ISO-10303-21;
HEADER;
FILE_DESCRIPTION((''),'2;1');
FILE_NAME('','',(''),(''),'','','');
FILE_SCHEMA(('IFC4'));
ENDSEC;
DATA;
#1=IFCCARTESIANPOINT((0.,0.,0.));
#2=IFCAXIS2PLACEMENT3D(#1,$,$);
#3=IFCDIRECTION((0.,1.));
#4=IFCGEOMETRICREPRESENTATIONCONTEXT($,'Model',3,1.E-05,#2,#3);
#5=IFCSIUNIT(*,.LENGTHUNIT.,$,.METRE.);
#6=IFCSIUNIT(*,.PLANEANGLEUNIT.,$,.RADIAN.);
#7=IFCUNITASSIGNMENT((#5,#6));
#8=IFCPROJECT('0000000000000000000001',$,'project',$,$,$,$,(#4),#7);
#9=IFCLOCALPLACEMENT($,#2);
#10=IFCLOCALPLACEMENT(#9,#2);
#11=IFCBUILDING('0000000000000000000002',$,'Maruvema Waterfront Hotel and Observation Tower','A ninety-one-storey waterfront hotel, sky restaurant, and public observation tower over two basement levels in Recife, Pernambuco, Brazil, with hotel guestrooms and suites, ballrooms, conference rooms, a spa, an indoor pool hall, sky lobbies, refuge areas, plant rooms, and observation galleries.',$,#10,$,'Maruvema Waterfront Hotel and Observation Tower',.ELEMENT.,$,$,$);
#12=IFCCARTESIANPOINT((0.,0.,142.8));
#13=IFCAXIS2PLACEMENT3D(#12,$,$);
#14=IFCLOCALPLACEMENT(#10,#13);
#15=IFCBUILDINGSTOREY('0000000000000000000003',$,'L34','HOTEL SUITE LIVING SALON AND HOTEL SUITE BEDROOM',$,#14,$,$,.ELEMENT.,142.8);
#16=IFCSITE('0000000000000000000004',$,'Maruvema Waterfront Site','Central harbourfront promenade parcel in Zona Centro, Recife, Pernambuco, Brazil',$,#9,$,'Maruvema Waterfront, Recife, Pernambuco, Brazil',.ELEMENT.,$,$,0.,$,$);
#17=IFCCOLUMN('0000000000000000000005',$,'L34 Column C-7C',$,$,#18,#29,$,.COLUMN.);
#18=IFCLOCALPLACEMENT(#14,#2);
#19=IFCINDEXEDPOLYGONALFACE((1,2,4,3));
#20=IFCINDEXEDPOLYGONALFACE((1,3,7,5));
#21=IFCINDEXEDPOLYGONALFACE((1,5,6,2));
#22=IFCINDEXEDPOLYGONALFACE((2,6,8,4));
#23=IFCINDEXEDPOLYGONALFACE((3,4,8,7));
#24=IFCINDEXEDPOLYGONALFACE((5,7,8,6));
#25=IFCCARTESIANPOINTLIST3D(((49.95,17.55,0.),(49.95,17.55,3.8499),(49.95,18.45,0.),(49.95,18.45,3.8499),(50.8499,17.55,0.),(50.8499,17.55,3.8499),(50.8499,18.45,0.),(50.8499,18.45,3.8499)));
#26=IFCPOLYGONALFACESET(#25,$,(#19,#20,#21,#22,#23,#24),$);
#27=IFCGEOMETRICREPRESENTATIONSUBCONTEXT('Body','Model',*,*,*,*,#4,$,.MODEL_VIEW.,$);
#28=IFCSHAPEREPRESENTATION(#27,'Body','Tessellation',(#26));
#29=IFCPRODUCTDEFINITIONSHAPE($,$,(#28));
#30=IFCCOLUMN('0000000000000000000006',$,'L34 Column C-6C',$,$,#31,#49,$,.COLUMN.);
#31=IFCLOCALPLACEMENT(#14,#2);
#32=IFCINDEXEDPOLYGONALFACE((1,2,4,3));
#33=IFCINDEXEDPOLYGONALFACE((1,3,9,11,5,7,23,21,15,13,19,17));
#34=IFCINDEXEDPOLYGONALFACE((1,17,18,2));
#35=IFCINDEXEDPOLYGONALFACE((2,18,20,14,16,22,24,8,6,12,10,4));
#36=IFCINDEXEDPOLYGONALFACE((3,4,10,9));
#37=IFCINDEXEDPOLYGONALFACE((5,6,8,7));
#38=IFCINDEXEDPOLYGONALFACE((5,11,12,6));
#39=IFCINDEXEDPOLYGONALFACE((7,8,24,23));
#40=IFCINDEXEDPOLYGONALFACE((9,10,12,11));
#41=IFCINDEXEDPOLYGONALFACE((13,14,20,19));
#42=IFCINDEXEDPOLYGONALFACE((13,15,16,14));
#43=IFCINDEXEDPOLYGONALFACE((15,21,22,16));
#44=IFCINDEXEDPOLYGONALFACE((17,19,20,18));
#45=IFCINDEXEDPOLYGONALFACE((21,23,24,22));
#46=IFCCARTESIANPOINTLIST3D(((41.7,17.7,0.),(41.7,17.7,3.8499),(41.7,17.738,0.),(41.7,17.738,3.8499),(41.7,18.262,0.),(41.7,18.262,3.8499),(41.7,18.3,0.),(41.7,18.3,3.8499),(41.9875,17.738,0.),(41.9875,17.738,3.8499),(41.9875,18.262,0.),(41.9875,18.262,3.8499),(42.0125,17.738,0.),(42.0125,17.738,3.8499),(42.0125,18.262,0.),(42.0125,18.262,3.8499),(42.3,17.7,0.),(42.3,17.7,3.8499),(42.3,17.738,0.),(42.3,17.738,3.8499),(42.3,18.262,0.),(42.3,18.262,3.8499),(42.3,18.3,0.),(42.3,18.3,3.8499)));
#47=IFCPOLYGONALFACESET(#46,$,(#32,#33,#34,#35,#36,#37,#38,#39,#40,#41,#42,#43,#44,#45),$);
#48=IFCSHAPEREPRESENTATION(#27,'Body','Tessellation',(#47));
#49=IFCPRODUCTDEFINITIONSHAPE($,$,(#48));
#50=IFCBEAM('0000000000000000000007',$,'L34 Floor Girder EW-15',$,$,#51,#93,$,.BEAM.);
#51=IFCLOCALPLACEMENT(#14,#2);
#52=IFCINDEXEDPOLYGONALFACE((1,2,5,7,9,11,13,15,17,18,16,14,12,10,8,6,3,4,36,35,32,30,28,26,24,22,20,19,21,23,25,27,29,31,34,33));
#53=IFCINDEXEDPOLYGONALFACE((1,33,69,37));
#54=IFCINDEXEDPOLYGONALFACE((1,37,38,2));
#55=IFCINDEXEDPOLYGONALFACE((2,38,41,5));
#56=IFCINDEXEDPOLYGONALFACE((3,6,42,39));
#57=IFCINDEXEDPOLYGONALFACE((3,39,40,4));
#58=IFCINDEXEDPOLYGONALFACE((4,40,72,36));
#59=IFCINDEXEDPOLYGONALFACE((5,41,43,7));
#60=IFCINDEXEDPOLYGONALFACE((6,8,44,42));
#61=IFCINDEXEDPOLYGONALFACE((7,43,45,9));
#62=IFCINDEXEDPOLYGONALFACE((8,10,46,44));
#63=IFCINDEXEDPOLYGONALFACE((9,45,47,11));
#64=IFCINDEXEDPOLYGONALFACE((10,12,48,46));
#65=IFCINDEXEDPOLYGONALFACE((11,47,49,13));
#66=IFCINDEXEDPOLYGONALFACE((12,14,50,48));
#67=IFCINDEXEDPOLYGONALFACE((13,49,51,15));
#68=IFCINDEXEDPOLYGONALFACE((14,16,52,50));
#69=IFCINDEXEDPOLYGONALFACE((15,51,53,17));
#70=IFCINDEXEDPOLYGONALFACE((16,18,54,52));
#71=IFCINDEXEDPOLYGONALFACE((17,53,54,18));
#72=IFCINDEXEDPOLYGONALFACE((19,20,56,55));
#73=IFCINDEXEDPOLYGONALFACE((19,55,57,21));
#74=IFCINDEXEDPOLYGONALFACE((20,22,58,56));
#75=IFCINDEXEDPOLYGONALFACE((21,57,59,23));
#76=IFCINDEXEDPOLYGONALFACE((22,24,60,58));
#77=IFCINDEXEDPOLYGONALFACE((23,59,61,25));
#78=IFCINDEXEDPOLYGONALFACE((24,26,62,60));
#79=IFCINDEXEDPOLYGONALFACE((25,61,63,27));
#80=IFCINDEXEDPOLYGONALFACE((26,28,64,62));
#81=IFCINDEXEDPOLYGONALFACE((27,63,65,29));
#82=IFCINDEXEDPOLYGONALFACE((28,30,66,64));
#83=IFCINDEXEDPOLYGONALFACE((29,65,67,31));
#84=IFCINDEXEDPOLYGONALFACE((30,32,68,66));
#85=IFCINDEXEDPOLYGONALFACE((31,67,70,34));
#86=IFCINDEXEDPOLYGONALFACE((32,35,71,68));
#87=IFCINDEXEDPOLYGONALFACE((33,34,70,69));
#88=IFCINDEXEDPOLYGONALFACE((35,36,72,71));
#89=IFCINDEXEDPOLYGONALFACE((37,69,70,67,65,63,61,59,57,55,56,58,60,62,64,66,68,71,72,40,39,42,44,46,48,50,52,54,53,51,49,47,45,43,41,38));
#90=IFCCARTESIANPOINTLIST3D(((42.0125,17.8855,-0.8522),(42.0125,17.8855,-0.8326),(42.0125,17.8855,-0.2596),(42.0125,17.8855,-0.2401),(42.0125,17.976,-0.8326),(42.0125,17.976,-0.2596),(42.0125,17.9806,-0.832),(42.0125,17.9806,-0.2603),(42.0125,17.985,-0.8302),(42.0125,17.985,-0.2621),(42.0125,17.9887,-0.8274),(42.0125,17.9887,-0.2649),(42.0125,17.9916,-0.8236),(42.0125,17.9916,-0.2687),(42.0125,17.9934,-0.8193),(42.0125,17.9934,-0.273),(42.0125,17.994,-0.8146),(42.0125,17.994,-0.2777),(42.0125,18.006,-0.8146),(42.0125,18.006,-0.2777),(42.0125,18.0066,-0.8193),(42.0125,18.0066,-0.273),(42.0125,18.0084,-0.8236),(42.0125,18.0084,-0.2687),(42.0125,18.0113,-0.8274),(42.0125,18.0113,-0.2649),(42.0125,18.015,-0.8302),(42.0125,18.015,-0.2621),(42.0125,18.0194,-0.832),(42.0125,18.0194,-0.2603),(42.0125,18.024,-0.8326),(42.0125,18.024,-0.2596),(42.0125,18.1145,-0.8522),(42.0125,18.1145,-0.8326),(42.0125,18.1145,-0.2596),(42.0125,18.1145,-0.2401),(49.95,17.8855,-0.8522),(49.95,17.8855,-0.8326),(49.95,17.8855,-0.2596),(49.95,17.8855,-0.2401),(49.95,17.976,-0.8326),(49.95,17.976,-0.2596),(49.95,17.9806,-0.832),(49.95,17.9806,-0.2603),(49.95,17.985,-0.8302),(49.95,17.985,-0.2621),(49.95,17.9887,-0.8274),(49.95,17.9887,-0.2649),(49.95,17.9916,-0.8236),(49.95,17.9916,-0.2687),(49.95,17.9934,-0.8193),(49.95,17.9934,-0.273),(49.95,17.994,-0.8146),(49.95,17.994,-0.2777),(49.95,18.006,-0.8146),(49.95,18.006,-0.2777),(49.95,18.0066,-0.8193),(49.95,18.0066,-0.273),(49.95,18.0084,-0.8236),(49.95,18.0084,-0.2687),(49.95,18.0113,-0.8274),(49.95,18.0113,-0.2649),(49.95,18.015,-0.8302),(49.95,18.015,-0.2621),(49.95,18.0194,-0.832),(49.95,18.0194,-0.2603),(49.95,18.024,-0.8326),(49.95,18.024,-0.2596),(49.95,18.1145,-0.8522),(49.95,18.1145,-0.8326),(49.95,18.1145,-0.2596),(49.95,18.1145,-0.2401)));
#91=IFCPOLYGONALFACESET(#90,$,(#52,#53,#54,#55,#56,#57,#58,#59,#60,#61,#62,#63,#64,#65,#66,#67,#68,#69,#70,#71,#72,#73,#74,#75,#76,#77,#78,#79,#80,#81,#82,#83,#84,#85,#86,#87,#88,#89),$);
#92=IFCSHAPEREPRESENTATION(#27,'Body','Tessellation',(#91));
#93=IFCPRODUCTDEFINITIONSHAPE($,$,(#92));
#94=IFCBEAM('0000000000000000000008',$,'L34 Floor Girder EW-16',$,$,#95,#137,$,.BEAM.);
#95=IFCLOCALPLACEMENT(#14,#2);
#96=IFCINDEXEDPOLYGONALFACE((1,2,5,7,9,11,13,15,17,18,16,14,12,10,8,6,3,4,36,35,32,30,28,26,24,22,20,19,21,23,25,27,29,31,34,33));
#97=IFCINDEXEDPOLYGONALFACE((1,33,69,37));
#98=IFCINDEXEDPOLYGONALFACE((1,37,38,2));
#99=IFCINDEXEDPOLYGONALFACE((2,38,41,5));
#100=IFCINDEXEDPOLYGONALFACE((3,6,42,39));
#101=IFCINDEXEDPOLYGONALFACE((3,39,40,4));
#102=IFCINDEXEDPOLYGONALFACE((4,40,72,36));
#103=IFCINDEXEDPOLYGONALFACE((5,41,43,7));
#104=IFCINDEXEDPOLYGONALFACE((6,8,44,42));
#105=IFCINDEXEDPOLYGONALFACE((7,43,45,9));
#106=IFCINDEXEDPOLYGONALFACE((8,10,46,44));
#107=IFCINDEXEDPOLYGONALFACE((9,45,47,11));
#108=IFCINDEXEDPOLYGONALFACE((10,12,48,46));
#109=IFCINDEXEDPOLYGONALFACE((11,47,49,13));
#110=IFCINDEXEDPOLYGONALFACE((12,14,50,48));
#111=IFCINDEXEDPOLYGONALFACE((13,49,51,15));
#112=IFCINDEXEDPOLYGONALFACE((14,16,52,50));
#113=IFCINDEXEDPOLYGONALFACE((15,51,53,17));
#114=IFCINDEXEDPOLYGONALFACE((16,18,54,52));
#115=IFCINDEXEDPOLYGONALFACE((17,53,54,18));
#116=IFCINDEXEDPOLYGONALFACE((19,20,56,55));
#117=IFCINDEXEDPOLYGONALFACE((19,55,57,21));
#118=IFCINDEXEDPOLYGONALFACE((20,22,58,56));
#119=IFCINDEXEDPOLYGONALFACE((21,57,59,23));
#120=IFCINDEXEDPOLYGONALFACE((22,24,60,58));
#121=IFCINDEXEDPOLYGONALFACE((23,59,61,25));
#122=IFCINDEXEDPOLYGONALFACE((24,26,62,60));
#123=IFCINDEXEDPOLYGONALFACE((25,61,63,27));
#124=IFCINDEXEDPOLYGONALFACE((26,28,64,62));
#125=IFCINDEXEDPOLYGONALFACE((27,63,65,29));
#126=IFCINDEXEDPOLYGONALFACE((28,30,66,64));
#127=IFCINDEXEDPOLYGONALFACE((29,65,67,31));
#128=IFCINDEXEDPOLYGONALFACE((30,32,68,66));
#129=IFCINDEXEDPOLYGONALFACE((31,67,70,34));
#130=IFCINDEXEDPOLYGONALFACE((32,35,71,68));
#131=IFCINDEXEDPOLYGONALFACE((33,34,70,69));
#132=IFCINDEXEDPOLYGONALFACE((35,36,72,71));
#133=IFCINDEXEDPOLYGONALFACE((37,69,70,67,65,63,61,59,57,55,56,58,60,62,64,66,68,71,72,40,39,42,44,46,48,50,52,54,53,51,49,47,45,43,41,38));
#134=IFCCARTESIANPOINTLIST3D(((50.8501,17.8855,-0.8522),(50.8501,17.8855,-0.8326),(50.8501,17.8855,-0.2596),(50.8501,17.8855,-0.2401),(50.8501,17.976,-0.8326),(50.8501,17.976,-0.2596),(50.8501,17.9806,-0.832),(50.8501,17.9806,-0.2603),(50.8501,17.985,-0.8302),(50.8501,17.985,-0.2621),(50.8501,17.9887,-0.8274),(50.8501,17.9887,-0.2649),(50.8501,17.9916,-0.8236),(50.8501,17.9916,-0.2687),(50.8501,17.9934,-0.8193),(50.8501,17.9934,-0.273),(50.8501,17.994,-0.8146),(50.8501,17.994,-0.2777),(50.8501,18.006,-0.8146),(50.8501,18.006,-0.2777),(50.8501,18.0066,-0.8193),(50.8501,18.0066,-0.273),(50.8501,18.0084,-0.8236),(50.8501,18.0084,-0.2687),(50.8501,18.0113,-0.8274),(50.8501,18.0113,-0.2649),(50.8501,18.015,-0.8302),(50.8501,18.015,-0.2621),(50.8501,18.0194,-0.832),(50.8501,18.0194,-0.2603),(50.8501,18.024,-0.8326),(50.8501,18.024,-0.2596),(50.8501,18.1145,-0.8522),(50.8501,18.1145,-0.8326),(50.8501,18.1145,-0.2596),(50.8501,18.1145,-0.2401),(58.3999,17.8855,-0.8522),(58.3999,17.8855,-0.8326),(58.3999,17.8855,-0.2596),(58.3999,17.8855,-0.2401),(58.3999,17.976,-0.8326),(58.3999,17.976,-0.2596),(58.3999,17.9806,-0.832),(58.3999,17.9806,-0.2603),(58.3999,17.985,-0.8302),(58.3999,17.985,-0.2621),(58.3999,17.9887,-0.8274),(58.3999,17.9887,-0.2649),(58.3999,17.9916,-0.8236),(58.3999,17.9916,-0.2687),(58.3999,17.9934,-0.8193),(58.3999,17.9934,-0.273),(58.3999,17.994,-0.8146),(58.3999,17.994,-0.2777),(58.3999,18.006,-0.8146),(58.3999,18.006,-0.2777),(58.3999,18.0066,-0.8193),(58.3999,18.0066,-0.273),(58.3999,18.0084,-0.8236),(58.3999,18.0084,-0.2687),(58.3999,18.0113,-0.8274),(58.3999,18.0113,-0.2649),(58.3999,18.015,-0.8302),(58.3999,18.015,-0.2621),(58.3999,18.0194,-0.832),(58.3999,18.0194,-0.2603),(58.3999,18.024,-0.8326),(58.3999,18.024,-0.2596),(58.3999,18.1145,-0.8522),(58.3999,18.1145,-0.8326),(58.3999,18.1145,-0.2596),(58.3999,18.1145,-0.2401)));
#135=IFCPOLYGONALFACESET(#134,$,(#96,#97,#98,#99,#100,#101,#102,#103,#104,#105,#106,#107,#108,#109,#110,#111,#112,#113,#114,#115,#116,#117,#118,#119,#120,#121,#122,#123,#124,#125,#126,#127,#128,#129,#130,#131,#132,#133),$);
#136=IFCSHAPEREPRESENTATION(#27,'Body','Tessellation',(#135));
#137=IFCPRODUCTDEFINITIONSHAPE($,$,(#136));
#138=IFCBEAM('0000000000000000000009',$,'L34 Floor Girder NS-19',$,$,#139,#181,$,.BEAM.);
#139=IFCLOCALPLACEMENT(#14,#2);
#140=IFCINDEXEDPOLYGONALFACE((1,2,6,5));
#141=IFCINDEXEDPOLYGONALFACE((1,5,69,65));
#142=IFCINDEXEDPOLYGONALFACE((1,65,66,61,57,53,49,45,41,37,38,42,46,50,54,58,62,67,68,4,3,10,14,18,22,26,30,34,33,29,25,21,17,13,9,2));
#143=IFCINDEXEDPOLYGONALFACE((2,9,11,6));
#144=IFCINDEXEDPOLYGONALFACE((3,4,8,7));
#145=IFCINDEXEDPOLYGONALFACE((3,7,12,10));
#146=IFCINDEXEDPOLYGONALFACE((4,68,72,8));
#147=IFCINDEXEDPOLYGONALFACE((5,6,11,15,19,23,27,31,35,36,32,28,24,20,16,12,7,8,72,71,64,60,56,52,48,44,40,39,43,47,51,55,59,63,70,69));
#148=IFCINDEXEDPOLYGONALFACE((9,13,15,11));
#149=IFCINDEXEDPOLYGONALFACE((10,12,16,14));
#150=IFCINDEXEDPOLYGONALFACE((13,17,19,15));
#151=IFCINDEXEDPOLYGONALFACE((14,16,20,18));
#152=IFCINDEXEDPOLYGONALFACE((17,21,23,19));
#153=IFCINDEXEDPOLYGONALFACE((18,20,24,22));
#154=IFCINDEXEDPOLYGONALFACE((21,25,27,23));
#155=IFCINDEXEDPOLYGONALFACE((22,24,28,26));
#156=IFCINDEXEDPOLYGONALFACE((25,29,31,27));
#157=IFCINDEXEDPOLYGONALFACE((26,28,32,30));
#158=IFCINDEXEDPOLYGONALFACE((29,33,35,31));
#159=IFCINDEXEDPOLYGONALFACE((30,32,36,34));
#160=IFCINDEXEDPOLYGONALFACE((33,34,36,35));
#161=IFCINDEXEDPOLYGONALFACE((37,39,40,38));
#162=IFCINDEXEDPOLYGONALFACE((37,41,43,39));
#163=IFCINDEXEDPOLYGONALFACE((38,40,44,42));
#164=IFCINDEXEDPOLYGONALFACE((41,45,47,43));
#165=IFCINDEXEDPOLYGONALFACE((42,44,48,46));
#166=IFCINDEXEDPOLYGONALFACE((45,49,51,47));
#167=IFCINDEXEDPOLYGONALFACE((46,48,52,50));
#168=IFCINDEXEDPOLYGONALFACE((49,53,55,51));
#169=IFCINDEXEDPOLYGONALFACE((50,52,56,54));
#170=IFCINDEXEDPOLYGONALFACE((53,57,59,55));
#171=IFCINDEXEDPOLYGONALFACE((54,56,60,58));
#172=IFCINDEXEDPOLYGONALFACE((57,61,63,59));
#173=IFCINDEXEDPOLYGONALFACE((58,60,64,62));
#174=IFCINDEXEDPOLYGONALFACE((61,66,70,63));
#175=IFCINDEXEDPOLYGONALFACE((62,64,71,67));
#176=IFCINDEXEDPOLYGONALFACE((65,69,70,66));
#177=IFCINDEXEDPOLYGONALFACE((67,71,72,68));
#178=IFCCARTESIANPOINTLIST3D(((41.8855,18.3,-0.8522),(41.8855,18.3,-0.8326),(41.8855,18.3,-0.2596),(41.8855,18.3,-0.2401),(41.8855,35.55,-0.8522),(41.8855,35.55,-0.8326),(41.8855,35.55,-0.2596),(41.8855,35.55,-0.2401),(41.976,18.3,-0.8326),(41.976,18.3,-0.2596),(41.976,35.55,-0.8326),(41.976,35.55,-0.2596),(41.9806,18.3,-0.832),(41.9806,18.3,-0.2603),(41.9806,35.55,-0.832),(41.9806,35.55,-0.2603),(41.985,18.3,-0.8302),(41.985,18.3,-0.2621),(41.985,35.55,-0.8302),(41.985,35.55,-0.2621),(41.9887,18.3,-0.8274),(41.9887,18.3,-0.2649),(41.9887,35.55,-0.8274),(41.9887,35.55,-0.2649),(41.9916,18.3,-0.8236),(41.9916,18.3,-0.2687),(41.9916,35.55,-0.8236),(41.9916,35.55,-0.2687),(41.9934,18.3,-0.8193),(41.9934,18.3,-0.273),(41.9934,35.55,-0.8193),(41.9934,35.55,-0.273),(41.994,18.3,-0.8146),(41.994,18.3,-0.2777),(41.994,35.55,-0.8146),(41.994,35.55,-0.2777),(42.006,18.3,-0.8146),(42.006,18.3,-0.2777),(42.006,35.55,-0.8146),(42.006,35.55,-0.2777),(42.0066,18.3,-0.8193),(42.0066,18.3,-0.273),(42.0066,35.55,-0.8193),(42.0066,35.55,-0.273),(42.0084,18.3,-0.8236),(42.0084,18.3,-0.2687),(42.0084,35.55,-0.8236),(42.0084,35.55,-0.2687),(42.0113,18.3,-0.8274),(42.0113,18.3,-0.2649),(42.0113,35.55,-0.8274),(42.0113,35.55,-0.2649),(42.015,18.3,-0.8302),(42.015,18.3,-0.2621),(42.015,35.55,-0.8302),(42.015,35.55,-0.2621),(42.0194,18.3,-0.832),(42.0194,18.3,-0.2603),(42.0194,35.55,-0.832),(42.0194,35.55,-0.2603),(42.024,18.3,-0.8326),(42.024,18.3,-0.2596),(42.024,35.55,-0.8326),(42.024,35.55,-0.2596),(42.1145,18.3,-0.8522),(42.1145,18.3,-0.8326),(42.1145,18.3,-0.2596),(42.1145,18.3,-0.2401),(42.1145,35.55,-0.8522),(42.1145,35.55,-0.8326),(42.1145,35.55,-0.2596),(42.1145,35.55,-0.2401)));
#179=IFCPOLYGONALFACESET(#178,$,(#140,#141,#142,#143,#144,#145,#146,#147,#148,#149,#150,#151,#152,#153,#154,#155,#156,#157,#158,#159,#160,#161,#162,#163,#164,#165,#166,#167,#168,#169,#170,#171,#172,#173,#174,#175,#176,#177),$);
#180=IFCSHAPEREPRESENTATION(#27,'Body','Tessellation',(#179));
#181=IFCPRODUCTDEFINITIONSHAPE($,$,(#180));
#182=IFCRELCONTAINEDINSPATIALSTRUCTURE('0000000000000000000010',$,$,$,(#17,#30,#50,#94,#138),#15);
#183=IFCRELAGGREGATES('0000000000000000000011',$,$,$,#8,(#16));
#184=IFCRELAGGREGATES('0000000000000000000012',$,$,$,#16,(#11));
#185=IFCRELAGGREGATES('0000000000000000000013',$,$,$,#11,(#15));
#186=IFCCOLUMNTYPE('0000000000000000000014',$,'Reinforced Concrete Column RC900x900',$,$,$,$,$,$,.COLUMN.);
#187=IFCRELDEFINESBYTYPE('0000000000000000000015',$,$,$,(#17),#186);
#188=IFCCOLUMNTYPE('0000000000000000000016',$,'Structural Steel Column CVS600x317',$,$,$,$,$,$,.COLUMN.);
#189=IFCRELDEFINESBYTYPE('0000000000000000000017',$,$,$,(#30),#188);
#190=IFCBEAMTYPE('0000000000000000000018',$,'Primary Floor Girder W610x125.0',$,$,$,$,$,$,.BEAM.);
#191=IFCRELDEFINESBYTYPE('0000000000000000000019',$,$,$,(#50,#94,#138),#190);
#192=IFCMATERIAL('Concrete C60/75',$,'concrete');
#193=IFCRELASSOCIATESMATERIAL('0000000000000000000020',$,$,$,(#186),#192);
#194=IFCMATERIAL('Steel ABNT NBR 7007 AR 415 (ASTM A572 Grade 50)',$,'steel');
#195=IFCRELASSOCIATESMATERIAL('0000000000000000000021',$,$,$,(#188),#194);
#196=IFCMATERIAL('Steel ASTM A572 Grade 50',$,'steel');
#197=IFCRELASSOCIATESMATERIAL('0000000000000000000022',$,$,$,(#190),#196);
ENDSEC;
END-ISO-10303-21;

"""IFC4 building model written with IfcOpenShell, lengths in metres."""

from ifc_helpers import new_model, si_unit, direction, frame, origin, origin_2d, place, context, subcontext, project, spatial, rectangle, i_section, extrude, material, material_profile, profile_set, type_object, element, save


model = new_model("IFC4")

# Units and contexts
model_context = context("Model", 3, precision=1e-05, world=origin(), true_north=direction((0.0, 1.0)))
body_context = subcontext(model_context, "Body", "Model", "MODEL_VIEW")
ifc_project = project(units=[si_unit("LENGTHUNIT", "METRE"), si_unit("PLANEANGLEUNIT", "RADIAN")], contexts=[model_context])

# Site, building, storey
site_placement = place(None, origin())
site = spatial("IfcSite", under=ifc_project, at=site_placement, Name="Maruvema Waterfront Site", Description="Central harbourfront promenade parcel in Zona Centro, Recife, Pernambuco, Brazil", LongName="Maruvema Waterfront, Recife, Pernambuco, Brazil", CompositionType="ELEMENT", RefElevation=0.0)
building_placement = place(site_placement, origin())
building = spatial("IfcBuilding", under=site, at=building_placement, Name="Maruvema Waterfront Hotel and Observation Tower", Description="A ninety-one-storey waterfront hotel, sky restaurant, and public observation tower over two basement levels in Recife, Pernambuco, Brazil, with hotel guestrooms and suites, ballrooms, conference rooms, a spa, an indoor pool hall, sky lobbies, refuge areas, plant rooms, and observation galleries.", LongName="Maruvema Waterfront Hotel and Observation Tower", CompositionType="ELEMENT")
storey_placement = place(building_placement, frame((0.0, 0.0, 142.8)))
storey = spatial("IfcBuildingStorey", under=building, at=storey_placement, Name="L34", Description="HOTEL SUITE LIVING SALON AND HOTEL SUITE BEDROOM", CompositionType="ELEMENT", Elevation=142.8)

# Columns
ifc_material_1 = material(Name="Concrete C60/75", Category="concrete")
ifc_material_profile_1 = material_profile(ifc_material_1, rectangle(XDim=0.8999, YDim=0.8999, at=origin_2d()), Name="RC900x900")
ifc_profile_set_1 = profile_set([ifc_material_profile_1], Name="Concrete C60/75")
column_type_1 = type_object("IfcColumnType", Name="Reinforced Concrete Column RC900x900", PredefinedType="COLUMN", material=ifc_profile_set_1)
column_1_placement = place(storey_placement, frame((50.3999, 18.0, 0.0), z_axis=(0.0, 0.0, 1.0), x_axis=(1.0, 0.0, 0.0)))
element("IfcColumn", 1, at=column_1_placement, inside=storey, type_object=column_type_1, Name="L34 Column C-7C", PredefinedType="COLUMN", context=body_context, shape_type="SweptSolid", body=[
    extrude(rectangle(XDim=0.8999, YDim=0.8999, at=origin_2d()), origin(), (0.0, 0.0, 1.0), 3.8499),
])
ifc_material_2 = material(Name="Steel ABNT NBR 7007 AR 415 (ASTM A572 Grade 50)", Category="steel")
ifc_material_profile_2 = material_profile(ifc_material_2, i_section(OverallWidth=0.6001, OverallDepth=0.6001, WebThickness=0.0249, FlangeThickness=0.0381, at=origin_2d()), Name="CVS600x317")
ifc_profile_set_2 = profile_set([ifc_material_profile_2], Name="Steel ABNT NBR 7007 AR 415 (ASTM A572 Grade 50)")
column_type_2 = type_object("IfcColumnType", Name="Structural Steel Column CVS600x317", PredefinedType="COLUMN", material=ifc_profile_set_2)
column_2_placement = place(storey_placement, frame((42.0, 18.0, 0.0), z_axis=(0.0, 0.0, 1.0), x_axis=(1.0, 0.0, 0.0)))
element("IfcColumn", 2, at=column_2_placement, inside=storey, type_object=column_type_2, Name="L34 Column C-6C", PredefinedType="COLUMN", context=body_context, shape_type="SweptSolid", body=[
    extrude(i_section(OverallWidth=0.6001, OverallDepth=0.6001, WebThickness=0.0249, FlangeThickness=0.0381, at=origin_2d()), origin(), (0.0, 0.0, 1.0), 3.8499),
])

# Beams
ifc_material_3 = material(Name="Steel ASTM A572 Grade 50", Category="steel")
ifc_material_profile_3 = material_profile(ifc_material_3, i_section(OverallWidth=0.229, OverallDepth=0.6121, WebThickness=0.012, FlangeThickness=0.0195, FilletRadius=0.0181, at=origin_2d()), Name="W610x125.0")
ifc_profile_set_3 = profile_set([ifc_material_profile_3], Name="Steel ASTM A572 Grade 50")
beam_type = type_object("IfcBeamType", Name="Primary Floor Girder W610x125.0", PredefinedType="BEAM", material=ifc_profile_set_3)
beam_1_placement = place(storey_placement, frame((42.0125, 18.0, -0.5461), z_axis=(1.0, 0.0, 0.0), x_axis=(0.0, 1.0, 0.0)))
element("IfcBeam", 3, at=beam_1_placement, inside=storey, type_object=beam_type, Name="L34 Floor Girder EW-15", PredefinedType="BEAM", context=body_context, shape_type="SweptSolid", body=[
    extrude(i_section(OverallWidth=0.229, OverallDepth=0.6121, WebThickness=0.012, FlangeThickness=0.0195, FilletRadius=0.0181, at=origin_2d()), origin(), (0.0, 0.0, 1.0), 7.9375),
])
beam_2_placement = place(storey_placement, frame((50.8501, 18.0, -0.5461), z_axis=(1.0, 0.0, 0.0), x_axis=(0.0, 1.0, 0.0)))
element("IfcBeam", 4, at=beam_2_placement, inside=storey, type_object=beam_type, Name="L34 Floor Girder EW-16", PredefinedType="BEAM", context=body_context, shape_type="SweptSolid", body=[
    extrude(i_section(OverallWidth=0.229, OverallDepth=0.6121, WebThickness=0.012, FlangeThickness=0.0195, FilletRadius=0.0181, at=origin_2d()), origin(), (0.0, 0.0, 1.0), 7.5498),
])
beam_3_placement = place(storey_placement, frame((42.0, 18.3, -0.5461), z_axis=(0.0, 1.0, 0.0), x_axis=(-1.0, 0.0, 0.0)))
element("IfcBeam", 5, at=beam_3_placement, inside=storey, type_object=beam_type, Name="L34 Floor Girder NS-19", PredefinedType="BEAM", context=body_context, shape_type="SweptSolid", body=[
    extrude(i_section(OverallWidth=0.229, OverallDepth=0.6121, WebThickness=0.012, FlangeThickness=0.0195, FilletRadius=0.0181, at=origin_2d()), origin(), (0.0, 0.0, 1.0), 17.25),
])

save(model, "model.ifc")
